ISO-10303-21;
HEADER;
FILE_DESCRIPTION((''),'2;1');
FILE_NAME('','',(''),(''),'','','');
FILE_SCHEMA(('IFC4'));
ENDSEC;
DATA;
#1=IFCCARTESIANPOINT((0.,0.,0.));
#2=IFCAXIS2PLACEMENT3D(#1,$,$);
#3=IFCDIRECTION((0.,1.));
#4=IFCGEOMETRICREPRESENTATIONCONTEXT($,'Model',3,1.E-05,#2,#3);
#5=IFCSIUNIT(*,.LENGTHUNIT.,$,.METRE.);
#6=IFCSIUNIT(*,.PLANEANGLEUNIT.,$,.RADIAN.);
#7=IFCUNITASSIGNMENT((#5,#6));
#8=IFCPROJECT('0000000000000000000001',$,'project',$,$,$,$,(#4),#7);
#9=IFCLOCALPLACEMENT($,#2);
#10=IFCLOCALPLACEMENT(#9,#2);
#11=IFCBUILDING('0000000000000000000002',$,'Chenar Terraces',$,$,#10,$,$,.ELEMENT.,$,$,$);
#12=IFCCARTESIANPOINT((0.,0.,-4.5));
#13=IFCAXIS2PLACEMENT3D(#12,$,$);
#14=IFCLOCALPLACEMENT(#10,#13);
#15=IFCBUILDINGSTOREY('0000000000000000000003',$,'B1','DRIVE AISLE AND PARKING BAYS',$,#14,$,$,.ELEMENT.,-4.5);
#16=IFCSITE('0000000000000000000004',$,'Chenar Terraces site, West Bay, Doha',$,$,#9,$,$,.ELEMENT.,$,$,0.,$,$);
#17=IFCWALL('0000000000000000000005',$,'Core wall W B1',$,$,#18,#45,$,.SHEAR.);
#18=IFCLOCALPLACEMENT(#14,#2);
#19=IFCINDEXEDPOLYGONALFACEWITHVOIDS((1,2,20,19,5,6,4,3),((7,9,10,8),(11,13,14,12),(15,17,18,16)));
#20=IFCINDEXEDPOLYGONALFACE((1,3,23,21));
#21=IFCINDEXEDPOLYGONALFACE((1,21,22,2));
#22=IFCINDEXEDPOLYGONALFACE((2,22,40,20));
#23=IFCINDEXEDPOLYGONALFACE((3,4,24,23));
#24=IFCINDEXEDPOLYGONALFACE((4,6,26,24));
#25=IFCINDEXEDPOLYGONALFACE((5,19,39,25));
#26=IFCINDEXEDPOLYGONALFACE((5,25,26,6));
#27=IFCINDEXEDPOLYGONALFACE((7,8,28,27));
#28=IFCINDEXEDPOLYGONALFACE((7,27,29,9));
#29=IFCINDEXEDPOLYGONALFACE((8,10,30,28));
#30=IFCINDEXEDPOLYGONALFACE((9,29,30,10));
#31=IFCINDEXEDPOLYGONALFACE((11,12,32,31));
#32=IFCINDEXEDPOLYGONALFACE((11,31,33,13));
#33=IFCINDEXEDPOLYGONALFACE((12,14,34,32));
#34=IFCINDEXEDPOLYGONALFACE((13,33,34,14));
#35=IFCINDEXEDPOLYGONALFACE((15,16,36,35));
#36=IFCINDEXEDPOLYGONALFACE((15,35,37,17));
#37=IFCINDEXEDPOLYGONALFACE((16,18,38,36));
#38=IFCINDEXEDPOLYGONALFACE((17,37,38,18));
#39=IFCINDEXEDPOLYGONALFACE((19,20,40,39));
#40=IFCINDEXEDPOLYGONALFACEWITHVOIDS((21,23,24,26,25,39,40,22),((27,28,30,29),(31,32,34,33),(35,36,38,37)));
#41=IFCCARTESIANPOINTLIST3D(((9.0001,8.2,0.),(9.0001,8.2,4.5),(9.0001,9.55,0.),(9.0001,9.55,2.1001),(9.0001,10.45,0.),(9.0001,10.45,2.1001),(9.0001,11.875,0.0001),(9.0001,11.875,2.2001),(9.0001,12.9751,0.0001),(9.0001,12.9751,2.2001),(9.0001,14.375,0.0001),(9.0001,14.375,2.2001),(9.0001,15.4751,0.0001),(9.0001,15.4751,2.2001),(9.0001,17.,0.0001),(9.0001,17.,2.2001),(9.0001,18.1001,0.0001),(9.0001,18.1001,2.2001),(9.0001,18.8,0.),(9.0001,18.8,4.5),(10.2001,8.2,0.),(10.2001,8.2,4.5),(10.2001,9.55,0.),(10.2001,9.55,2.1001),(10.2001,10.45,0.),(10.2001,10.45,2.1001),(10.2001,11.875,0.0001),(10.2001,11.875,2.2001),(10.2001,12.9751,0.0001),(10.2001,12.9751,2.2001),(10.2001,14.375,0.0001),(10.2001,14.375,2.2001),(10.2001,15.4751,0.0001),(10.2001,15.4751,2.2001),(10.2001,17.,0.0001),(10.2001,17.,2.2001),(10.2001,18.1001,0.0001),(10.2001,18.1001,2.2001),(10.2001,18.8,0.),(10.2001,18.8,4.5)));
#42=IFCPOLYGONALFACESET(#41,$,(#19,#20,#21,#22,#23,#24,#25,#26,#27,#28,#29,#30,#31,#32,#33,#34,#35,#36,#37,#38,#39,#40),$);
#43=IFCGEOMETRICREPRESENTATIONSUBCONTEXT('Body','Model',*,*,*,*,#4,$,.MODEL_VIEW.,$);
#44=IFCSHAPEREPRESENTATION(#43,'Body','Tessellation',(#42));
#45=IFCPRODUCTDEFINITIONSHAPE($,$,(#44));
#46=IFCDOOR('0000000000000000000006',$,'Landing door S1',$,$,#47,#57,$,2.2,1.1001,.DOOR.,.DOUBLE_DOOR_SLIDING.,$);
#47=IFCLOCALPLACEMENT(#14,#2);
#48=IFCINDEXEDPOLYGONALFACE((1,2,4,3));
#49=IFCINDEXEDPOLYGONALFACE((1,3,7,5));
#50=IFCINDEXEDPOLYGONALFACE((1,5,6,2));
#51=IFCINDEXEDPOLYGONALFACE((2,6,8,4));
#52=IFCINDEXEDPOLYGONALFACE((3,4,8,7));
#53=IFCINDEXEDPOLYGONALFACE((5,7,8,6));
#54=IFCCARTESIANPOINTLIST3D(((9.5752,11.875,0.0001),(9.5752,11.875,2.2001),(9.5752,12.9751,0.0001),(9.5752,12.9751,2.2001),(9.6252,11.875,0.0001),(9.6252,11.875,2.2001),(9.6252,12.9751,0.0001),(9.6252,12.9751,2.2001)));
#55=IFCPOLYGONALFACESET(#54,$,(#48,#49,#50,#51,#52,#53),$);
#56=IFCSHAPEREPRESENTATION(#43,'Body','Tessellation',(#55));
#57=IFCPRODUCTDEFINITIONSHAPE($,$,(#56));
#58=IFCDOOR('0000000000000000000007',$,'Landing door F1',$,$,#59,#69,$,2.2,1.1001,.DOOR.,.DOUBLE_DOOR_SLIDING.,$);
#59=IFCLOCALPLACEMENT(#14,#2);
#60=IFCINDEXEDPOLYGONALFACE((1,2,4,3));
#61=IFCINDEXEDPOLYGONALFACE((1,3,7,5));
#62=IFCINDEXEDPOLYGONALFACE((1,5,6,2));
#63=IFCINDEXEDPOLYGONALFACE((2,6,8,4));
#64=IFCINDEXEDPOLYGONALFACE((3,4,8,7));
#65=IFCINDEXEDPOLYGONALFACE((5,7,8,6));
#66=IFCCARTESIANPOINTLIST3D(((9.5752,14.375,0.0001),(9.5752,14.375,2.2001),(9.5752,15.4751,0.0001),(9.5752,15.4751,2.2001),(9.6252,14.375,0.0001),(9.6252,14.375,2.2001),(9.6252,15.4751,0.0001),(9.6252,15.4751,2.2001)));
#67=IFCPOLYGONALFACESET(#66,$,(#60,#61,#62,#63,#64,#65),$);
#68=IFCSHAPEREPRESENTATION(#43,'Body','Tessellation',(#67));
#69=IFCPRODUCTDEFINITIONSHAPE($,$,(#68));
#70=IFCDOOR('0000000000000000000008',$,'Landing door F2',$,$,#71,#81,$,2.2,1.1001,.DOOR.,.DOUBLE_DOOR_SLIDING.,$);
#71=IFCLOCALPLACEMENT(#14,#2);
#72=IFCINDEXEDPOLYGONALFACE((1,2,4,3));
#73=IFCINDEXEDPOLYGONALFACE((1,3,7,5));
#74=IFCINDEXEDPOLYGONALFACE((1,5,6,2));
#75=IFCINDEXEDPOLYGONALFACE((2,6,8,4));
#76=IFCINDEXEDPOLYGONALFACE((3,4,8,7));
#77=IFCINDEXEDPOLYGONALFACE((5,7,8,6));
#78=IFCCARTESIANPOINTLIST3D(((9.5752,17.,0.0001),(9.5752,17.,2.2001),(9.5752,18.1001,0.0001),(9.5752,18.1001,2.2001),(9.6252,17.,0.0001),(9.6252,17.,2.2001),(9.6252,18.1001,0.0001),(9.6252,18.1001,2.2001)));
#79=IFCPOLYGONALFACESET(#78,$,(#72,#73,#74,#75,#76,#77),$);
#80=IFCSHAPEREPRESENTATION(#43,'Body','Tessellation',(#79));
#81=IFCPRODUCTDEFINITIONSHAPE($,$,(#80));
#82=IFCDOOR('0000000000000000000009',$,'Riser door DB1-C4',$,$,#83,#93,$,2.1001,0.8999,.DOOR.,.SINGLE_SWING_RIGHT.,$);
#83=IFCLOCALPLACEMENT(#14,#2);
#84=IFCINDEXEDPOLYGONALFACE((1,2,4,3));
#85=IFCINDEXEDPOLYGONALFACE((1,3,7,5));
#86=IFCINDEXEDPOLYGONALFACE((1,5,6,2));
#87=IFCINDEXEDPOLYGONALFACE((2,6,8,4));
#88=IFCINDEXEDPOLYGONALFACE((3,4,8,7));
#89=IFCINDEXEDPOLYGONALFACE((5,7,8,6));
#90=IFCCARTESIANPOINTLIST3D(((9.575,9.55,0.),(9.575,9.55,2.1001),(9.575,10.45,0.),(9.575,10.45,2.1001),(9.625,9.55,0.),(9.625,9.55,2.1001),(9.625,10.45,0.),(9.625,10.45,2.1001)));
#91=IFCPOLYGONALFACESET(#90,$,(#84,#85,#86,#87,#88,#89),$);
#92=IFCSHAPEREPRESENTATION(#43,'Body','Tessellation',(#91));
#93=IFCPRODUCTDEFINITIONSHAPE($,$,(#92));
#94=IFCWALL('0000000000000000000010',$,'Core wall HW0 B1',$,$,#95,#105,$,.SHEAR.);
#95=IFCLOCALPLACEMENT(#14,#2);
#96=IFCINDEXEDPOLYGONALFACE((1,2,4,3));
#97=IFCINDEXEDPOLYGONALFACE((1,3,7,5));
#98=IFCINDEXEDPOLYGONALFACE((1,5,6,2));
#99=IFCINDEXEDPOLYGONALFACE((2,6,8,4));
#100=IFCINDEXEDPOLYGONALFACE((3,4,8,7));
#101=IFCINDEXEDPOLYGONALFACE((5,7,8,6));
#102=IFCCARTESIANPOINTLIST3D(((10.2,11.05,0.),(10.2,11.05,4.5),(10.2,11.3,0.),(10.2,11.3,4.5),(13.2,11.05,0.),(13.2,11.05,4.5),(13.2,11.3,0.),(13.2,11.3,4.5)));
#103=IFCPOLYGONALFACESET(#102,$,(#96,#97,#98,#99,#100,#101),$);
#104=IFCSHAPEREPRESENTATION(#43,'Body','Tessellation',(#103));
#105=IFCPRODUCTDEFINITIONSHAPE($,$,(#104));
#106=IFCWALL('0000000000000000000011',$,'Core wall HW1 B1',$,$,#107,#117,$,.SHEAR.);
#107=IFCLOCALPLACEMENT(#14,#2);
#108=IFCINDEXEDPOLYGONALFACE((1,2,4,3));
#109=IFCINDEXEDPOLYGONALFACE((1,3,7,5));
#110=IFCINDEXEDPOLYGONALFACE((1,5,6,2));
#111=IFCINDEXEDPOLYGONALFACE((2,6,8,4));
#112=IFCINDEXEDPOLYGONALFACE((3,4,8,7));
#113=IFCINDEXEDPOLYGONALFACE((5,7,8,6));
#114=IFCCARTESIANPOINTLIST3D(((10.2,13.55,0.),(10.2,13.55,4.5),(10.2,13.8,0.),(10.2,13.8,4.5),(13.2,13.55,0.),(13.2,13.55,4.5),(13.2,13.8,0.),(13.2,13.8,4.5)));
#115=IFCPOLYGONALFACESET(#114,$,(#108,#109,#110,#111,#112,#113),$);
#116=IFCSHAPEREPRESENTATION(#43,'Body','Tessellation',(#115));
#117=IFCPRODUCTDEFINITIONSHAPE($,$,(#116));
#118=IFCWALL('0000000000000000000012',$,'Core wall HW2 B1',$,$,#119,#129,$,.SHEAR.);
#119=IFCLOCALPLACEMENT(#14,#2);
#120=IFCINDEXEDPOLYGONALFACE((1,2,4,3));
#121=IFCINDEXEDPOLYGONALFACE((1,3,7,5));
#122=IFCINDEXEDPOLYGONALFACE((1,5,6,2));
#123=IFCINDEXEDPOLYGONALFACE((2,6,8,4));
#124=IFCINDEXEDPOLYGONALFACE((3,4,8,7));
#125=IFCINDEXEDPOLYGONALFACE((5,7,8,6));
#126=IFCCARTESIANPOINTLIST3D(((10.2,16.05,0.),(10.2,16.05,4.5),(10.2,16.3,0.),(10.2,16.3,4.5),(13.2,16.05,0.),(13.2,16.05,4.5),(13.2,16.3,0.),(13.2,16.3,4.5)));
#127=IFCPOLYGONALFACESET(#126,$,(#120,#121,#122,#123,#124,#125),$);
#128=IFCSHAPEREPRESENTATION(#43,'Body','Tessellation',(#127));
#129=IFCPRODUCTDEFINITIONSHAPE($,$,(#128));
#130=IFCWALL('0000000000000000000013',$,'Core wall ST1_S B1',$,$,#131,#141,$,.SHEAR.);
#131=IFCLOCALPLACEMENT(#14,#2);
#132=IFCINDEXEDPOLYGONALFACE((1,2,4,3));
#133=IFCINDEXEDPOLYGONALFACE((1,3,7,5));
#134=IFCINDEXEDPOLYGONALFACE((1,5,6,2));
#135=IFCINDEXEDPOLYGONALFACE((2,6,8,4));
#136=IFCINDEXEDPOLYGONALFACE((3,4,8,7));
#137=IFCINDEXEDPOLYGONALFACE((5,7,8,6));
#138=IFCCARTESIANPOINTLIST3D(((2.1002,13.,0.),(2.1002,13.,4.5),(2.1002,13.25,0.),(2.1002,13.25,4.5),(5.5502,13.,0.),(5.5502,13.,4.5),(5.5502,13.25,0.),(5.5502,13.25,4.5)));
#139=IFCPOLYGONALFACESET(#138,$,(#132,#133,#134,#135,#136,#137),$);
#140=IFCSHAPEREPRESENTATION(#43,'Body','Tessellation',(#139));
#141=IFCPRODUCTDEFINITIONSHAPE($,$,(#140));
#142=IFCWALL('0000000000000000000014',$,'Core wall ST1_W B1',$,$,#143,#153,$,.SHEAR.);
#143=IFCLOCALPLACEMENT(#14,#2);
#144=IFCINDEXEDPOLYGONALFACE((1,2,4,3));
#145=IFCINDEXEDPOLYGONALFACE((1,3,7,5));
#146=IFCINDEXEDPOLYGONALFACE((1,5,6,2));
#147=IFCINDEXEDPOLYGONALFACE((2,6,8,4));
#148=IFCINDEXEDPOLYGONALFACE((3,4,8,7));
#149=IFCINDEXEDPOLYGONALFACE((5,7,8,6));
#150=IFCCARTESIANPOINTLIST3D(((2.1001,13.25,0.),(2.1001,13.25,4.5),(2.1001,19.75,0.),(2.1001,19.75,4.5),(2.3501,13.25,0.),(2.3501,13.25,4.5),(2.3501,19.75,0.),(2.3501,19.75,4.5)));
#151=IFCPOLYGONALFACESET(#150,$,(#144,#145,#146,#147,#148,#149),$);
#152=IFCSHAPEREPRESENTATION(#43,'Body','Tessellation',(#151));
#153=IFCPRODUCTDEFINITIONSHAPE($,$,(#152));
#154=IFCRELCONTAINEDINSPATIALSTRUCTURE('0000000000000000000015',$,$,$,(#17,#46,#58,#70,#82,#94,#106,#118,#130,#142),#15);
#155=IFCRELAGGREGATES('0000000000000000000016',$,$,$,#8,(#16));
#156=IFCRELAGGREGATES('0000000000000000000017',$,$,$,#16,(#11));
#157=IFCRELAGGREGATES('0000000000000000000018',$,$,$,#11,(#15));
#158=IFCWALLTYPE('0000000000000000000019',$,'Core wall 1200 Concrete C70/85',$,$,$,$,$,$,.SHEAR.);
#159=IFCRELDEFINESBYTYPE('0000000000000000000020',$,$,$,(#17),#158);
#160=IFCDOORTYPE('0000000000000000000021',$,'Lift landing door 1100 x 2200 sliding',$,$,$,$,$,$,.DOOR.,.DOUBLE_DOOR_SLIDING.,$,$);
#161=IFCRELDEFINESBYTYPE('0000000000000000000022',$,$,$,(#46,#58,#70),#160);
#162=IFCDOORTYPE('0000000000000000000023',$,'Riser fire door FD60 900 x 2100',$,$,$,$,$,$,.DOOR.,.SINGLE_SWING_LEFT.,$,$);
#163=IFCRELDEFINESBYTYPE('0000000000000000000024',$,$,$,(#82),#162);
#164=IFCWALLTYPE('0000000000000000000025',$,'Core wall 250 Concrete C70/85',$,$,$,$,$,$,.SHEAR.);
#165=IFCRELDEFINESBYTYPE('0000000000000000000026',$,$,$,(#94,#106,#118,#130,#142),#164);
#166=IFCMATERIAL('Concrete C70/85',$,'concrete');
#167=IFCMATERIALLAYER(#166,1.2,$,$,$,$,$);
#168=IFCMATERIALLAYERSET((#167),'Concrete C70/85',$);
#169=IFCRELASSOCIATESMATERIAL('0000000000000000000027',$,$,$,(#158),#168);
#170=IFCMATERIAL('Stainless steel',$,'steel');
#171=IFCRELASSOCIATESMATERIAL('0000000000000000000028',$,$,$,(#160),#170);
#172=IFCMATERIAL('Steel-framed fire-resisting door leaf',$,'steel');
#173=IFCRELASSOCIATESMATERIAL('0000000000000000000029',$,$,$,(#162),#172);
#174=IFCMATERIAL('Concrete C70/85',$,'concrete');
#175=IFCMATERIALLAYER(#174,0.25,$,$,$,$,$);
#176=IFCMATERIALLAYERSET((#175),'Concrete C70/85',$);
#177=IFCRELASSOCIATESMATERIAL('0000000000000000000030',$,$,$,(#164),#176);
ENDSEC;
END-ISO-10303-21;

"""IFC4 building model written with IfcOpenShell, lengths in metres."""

from ifc_helpers import new_model, si_unit, direction, frame, frame_2d, origin, place, context, subcontext, project, spatial, rectangle, extrude, material, layer, layer_set, type_object, element, fill, save


model = new_model("IFC4")

# Units and contexts
model_context = context("Model", 3, precision=1e-05, world=origin(), true_north=direction((0.0, 1.0)))
body_context = subcontext(model_context, "Body", "Model", "MODEL_VIEW")
ifc_project = project(units=[si_unit("LENGTHUNIT", "METRE"), si_unit("PLANEANGLEUNIT", "RADIAN")], contexts=[model_context])

# Site, building, storey
site_placement = place(None, origin())
site = spatial("IfcSite", under=ifc_project, at=site_placement, Name="Chenar Terraces site, West Bay, Doha", CompositionType="ELEMENT", RefElevation=0.0)
building_placement = place(site_placement, origin())
building = spatial("IfcBuilding", under=site, at=building_placement, Name="Chenar Terraces", CompositionType="ELEMENT")
storey_placement = place(building_placement, frame((0.0, 0.0, -4.5)))
storey = spatial("IfcBuildingStorey", under=building, at=storey_placement, Name="B1", Description="DRIVE AISLE AND PARKING BAYS", CompositionType="ELEMENT", Elevation=-4.5)

# Shared definitions
ifc_material_1 = material(Name="Concrete C70/85", Category="concrete")
ifc_layer_1 = layer(ifc_material_1, 1.2)
ifc_layer_set_1 = layer_set([ifc_layer_1], Name="Concrete C70/85")
wall_type_1 = type_object("IfcWallType", Name="Core wall 1200 Concrete C70/85", PredefinedType="SHEAR", material=ifc_layer_set_1)

# Wall, openings, doors
wall_1_placement = place(storey_placement, frame((9.6001, 8.2, 0.0), z_axis=(0.0, 0.0, 1.0), x_axis=(0.0, 1.0, 0.0)))
wall_1 = element("IfcWall", 1, at=wall_1_placement, inside=storey, type_object=wall_type_1, Name="Core wall W B1", PredefinedType="SHEAR", context=body_context, shape_type="SweptSolid", body=[
    extrude(rectangle(XDim=10.6001, YDim=1.2, at=frame_2d((5.3, 0.0))), origin(), (0.0, 0.0, 1.0), 4.5),
])
opening_1_placement = place(wall_1_placement, frame((3.675, 0.0, 0.0)))
opening_1 = element("IfcOpeningElement", 2, at=opening_1_placement, cuts=wall_1, PredefinedType="OPENING", context=body_context, shape_type="SweptSolid", body=[
    extrude(rectangle(XDim=1.1001, YDim=2.2, at=frame_2d((0.55, 1.1001))), frame((0.0, 0.6099, 0.0), z_axis=(0.0, -1.0, 0.0), x_axis=(1.0, 0.0, 0.0)), (0.0, 0.0, 1.0), 1.22),
])
opening_2_placement = place(wall_1_placement, frame((6.175, 0.0, 0.0)))
opening_2 = element("IfcOpeningElement", 3, at=opening_2_placement, cuts=wall_1, PredefinedType="OPENING", context=body_context, shape_type="SweptSolid", body=[
    extrude(rectangle(XDim=1.1001, YDim=2.2, at=frame_2d((0.55, 1.1001))), frame((0.0, 0.6099, 0.0), z_axis=(0.0, -1.0, 0.0), x_axis=(1.0, 0.0, 0.0)), (0.0, 0.0, 1.0), 1.22),
])
opening_3_placement = place(wall_1_placement, frame((8.8, 0.0, 0.0)))
opening_3 = element("IfcOpeningElement", 4, at=opening_3_placement, cuts=wall_1, PredefinedType="OPENING", context=body_context, shape_type="SweptSolid", body=[
    extrude(rectangle(XDim=1.1001, YDim=2.2, at=frame_2d((0.55, 1.1001))), frame((0.0, 0.6099, 0.0), z_axis=(0.0, -1.0, 0.0), x_axis=(1.0, 0.0, 0.0)), (0.0, 0.0, 1.0), 1.22),
])
opening_4_placement = place(wall_1_placement, frame((1.3501, 0.0, 0.0)))
opening_4 = element("IfcOpeningElement", 5, at=opening_4_placement, cuts=wall_1, PredefinedType="OPENING", context=body_context, shape_type="SweptSolid", body=[
    extrude(rectangle(XDim=0.8999, YDim=2.1001, at=frame_2d((0.45, 1.05))), frame((0.0, 0.6099, 0.0), z_axis=(0.0, -1.0, 0.0), x_axis=(1.0, 0.0, 0.0)), (0.0, 0.0, 1.0), 1.22),
])
ifc_material_2 = material(Name="Stainless steel", Category="steel")
door_type_1 = type_object("IfcDoorType", Name="Lift landing door 1100 x 2200 sliding", OperationType="DOUBLE_DOOR_SLIDING", PredefinedType="DOOR", material=ifc_material_2)
door_1_placement = place(opening_1_placement, origin())
door_1 = element("IfcDoor", 6, at=door_1_placement, inside=storey, type_object=door_type_1, Name="Landing door S1", OperationType="DOUBLE_DOOR_SLIDING", OverallHeight=2.2, OverallWidth=1.1001, PredefinedType="DOOR", context=body_context, shape_type="SweptSolid", body=[
    extrude(rectangle(XDim=1.1001, YDim=2.2, at=frame_2d((0.55, 1.1001))), frame((0.0, 0.0249, 0.0), z_axis=(0.0, -1.0, 0.0), x_axis=(1.0, 0.0, 0.0)), (0.0, 0.0, 1.0), 0.05),
])
fill(opening_1, door_1)
door_2_placement = place(opening_2_placement, origin())
door_2 = element("IfcDoor", 7, at=door_2_placement, inside=storey, type_object=door_type_1, Name="Landing door F1", OperationType="DOUBLE_DOOR_SLIDING", OverallHeight=2.2, OverallWidth=1.1001, PredefinedType="DOOR", context=body_context, shape_type="SweptSolid", body=[
    extrude(rectangle(XDim=1.1001, YDim=2.2, at=frame_2d((0.55, 1.1001))), frame((0.0, 0.0249, 0.0), z_axis=(0.0, -1.0, 0.0), x_axis=(1.0, 0.0, 0.0)), (0.0, 0.0, 1.0), 0.05),
])
fill(opening_2, door_2)
door_3_placement = place(opening_3_placement, origin())
door_3 = element("IfcDoor", 8, at=door_3_placement, inside=storey, type_object=door_type_1, Name="Landing door F2", OperationType="DOUBLE_DOOR_SLIDING", OverallHeight=2.2, OverallWidth=1.1001, PredefinedType="DOOR", context=body_context, shape_type="SweptSolid", body=[
    extrude(rectangle(XDim=1.1001, YDim=2.2, at=frame_2d((0.55, 1.1001))), frame((0.0, 0.0249, 0.0), z_axis=(0.0, -1.0, 0.0), x_axis=(1.0, 0.0, 0.0)), (0.0, 0.0, 1.0), 0.05),
])
fill(opening_3, door_3)
ifc_material_3 = material(Name="Steel-framed fire-resisting door leaf", Category="steel")
door_type_2 = type_object("IfcDoorType", Name="Riser fire door FD60 900 x 2100", OperationType="SINGLE_SWING_LEFT", PredefinedType="DOOR", material=ifc_material_3)
door_4_placement = place(opening_4_placement, frame((0.8999, 0.0, 0.0), z_axis=(0.0, 0.0, 1.0), x_axis=(-1.0, 0.0, 0.0)))
door_4 = element("IfcDoor", 9, at=door_4_placement, inside=storey, type_object=door_type_2, Name="Riser door DB1-C4", OperationType="SINGLE_SWING_RIGHT", OverallHeight=2.1001, OverallWidth=0.8999, PredefinedType="DOOR", context=body_context, shape_type="SweptSolid", body=[
    extrude(rectangle(XDim=0.8999, YDim=2.1001, at=frame_2d((0.45, 1.05))), frame((0.0, 0.0249, 0.0), z_axis=(0.0, -1.0, 0.0), x_axis=(1.0, 0.0, 0.0)), (0.0, 0.0, 1.0), 0.05),
])
fill(opening_4, door_4)

# Walls
ifc_material_4 = material(Name="Concrete C70/85", Category="concrete")
ifc_layer_2 = layer(ifc_material_4, 0.25)
ifc_layer_set_2 = layer_set([ifc_layer_2], Name="Concrete C70/85")
wall_type_2 = type_object("IfcWallType", Name="Core wall 250 Concrete C70/85", PredefinedType="SHEAR", material=ifc_layer_set_2)
for number, where, z_axis, x_axis, name in (
    (10, (10.2, 11.175, 0.0), (0.0, 0.0, 1.0), (1.0, 0.0, 0.0), "Core wall HW0 B1"),
    (11, (10.2, 13.675, 0.0), (0.0, 0.0, 1.0), (1.0, 0.0, 0.0), "Core wall HW1 B1"),
    (12, (10.2, 16.175, 0.0), (0.0, 0.0, 1.0), (1.0, 0.0, 0.0), "Core wall HW2 B1"),
):
    element("IfcWall", number, at=place(storey_placement, frame(where, z_axis=z_axis, x_axis=x_axis)), inside=storey, type_object=wall_type_2, Name=name, PredefinedType="SHEAR", context=body_context, shape_type="SweptSolid", body=[
        extrude(rectangle(XDim=3.0, YDim=0.25, at=frame_2d((1.5, 0.0))), origin(), (0.0, 0.0, 1.0), 4.5),
    ])
wall_2_placement = place(storey_placement, frame((2.1001, 13.125, 0.0), z_axis=(0.0, 0.0, 1.0), x_axis=(1.0, 0.0, 0.0)))
element("IfcWall", 13, at=wall_2_placement, inside=storey, type_object=wall_type_2, Name="Core wall ST1_S B1", PredefinedType="SHEAR", context=body_context, shape_type="SweptSolid", body=[
    extrude(rectangle(XDim=3.45, YDim=0.25, at=frame_2d((1.7251, 0.0))), origin(), (0.0, 0.0, 1.0), 4.5),
])
wall_3_placement = place(storey_placement, frame((2.2251, 13.25, 0.0), z_axis=(0.0, 0.0, 1.0), x_axis=(0.0, 1.0, 0.0)))
element("IfcWall", 14, at=wall_3_placement, inside=storey, type_object=wall_type_2, Name="Core wall ST1_W B1", PredefinedType="SHEAR", context=body_context, shape_type="SweptSolid", body=[
    extrude(rectangle(XDim=6.5, YDim=0.25, at=frame_2d((3.25, 0.0))), origin(), (0.0, 0.0, 1.0), 4.5),
])

save(model, "model.ifc")
